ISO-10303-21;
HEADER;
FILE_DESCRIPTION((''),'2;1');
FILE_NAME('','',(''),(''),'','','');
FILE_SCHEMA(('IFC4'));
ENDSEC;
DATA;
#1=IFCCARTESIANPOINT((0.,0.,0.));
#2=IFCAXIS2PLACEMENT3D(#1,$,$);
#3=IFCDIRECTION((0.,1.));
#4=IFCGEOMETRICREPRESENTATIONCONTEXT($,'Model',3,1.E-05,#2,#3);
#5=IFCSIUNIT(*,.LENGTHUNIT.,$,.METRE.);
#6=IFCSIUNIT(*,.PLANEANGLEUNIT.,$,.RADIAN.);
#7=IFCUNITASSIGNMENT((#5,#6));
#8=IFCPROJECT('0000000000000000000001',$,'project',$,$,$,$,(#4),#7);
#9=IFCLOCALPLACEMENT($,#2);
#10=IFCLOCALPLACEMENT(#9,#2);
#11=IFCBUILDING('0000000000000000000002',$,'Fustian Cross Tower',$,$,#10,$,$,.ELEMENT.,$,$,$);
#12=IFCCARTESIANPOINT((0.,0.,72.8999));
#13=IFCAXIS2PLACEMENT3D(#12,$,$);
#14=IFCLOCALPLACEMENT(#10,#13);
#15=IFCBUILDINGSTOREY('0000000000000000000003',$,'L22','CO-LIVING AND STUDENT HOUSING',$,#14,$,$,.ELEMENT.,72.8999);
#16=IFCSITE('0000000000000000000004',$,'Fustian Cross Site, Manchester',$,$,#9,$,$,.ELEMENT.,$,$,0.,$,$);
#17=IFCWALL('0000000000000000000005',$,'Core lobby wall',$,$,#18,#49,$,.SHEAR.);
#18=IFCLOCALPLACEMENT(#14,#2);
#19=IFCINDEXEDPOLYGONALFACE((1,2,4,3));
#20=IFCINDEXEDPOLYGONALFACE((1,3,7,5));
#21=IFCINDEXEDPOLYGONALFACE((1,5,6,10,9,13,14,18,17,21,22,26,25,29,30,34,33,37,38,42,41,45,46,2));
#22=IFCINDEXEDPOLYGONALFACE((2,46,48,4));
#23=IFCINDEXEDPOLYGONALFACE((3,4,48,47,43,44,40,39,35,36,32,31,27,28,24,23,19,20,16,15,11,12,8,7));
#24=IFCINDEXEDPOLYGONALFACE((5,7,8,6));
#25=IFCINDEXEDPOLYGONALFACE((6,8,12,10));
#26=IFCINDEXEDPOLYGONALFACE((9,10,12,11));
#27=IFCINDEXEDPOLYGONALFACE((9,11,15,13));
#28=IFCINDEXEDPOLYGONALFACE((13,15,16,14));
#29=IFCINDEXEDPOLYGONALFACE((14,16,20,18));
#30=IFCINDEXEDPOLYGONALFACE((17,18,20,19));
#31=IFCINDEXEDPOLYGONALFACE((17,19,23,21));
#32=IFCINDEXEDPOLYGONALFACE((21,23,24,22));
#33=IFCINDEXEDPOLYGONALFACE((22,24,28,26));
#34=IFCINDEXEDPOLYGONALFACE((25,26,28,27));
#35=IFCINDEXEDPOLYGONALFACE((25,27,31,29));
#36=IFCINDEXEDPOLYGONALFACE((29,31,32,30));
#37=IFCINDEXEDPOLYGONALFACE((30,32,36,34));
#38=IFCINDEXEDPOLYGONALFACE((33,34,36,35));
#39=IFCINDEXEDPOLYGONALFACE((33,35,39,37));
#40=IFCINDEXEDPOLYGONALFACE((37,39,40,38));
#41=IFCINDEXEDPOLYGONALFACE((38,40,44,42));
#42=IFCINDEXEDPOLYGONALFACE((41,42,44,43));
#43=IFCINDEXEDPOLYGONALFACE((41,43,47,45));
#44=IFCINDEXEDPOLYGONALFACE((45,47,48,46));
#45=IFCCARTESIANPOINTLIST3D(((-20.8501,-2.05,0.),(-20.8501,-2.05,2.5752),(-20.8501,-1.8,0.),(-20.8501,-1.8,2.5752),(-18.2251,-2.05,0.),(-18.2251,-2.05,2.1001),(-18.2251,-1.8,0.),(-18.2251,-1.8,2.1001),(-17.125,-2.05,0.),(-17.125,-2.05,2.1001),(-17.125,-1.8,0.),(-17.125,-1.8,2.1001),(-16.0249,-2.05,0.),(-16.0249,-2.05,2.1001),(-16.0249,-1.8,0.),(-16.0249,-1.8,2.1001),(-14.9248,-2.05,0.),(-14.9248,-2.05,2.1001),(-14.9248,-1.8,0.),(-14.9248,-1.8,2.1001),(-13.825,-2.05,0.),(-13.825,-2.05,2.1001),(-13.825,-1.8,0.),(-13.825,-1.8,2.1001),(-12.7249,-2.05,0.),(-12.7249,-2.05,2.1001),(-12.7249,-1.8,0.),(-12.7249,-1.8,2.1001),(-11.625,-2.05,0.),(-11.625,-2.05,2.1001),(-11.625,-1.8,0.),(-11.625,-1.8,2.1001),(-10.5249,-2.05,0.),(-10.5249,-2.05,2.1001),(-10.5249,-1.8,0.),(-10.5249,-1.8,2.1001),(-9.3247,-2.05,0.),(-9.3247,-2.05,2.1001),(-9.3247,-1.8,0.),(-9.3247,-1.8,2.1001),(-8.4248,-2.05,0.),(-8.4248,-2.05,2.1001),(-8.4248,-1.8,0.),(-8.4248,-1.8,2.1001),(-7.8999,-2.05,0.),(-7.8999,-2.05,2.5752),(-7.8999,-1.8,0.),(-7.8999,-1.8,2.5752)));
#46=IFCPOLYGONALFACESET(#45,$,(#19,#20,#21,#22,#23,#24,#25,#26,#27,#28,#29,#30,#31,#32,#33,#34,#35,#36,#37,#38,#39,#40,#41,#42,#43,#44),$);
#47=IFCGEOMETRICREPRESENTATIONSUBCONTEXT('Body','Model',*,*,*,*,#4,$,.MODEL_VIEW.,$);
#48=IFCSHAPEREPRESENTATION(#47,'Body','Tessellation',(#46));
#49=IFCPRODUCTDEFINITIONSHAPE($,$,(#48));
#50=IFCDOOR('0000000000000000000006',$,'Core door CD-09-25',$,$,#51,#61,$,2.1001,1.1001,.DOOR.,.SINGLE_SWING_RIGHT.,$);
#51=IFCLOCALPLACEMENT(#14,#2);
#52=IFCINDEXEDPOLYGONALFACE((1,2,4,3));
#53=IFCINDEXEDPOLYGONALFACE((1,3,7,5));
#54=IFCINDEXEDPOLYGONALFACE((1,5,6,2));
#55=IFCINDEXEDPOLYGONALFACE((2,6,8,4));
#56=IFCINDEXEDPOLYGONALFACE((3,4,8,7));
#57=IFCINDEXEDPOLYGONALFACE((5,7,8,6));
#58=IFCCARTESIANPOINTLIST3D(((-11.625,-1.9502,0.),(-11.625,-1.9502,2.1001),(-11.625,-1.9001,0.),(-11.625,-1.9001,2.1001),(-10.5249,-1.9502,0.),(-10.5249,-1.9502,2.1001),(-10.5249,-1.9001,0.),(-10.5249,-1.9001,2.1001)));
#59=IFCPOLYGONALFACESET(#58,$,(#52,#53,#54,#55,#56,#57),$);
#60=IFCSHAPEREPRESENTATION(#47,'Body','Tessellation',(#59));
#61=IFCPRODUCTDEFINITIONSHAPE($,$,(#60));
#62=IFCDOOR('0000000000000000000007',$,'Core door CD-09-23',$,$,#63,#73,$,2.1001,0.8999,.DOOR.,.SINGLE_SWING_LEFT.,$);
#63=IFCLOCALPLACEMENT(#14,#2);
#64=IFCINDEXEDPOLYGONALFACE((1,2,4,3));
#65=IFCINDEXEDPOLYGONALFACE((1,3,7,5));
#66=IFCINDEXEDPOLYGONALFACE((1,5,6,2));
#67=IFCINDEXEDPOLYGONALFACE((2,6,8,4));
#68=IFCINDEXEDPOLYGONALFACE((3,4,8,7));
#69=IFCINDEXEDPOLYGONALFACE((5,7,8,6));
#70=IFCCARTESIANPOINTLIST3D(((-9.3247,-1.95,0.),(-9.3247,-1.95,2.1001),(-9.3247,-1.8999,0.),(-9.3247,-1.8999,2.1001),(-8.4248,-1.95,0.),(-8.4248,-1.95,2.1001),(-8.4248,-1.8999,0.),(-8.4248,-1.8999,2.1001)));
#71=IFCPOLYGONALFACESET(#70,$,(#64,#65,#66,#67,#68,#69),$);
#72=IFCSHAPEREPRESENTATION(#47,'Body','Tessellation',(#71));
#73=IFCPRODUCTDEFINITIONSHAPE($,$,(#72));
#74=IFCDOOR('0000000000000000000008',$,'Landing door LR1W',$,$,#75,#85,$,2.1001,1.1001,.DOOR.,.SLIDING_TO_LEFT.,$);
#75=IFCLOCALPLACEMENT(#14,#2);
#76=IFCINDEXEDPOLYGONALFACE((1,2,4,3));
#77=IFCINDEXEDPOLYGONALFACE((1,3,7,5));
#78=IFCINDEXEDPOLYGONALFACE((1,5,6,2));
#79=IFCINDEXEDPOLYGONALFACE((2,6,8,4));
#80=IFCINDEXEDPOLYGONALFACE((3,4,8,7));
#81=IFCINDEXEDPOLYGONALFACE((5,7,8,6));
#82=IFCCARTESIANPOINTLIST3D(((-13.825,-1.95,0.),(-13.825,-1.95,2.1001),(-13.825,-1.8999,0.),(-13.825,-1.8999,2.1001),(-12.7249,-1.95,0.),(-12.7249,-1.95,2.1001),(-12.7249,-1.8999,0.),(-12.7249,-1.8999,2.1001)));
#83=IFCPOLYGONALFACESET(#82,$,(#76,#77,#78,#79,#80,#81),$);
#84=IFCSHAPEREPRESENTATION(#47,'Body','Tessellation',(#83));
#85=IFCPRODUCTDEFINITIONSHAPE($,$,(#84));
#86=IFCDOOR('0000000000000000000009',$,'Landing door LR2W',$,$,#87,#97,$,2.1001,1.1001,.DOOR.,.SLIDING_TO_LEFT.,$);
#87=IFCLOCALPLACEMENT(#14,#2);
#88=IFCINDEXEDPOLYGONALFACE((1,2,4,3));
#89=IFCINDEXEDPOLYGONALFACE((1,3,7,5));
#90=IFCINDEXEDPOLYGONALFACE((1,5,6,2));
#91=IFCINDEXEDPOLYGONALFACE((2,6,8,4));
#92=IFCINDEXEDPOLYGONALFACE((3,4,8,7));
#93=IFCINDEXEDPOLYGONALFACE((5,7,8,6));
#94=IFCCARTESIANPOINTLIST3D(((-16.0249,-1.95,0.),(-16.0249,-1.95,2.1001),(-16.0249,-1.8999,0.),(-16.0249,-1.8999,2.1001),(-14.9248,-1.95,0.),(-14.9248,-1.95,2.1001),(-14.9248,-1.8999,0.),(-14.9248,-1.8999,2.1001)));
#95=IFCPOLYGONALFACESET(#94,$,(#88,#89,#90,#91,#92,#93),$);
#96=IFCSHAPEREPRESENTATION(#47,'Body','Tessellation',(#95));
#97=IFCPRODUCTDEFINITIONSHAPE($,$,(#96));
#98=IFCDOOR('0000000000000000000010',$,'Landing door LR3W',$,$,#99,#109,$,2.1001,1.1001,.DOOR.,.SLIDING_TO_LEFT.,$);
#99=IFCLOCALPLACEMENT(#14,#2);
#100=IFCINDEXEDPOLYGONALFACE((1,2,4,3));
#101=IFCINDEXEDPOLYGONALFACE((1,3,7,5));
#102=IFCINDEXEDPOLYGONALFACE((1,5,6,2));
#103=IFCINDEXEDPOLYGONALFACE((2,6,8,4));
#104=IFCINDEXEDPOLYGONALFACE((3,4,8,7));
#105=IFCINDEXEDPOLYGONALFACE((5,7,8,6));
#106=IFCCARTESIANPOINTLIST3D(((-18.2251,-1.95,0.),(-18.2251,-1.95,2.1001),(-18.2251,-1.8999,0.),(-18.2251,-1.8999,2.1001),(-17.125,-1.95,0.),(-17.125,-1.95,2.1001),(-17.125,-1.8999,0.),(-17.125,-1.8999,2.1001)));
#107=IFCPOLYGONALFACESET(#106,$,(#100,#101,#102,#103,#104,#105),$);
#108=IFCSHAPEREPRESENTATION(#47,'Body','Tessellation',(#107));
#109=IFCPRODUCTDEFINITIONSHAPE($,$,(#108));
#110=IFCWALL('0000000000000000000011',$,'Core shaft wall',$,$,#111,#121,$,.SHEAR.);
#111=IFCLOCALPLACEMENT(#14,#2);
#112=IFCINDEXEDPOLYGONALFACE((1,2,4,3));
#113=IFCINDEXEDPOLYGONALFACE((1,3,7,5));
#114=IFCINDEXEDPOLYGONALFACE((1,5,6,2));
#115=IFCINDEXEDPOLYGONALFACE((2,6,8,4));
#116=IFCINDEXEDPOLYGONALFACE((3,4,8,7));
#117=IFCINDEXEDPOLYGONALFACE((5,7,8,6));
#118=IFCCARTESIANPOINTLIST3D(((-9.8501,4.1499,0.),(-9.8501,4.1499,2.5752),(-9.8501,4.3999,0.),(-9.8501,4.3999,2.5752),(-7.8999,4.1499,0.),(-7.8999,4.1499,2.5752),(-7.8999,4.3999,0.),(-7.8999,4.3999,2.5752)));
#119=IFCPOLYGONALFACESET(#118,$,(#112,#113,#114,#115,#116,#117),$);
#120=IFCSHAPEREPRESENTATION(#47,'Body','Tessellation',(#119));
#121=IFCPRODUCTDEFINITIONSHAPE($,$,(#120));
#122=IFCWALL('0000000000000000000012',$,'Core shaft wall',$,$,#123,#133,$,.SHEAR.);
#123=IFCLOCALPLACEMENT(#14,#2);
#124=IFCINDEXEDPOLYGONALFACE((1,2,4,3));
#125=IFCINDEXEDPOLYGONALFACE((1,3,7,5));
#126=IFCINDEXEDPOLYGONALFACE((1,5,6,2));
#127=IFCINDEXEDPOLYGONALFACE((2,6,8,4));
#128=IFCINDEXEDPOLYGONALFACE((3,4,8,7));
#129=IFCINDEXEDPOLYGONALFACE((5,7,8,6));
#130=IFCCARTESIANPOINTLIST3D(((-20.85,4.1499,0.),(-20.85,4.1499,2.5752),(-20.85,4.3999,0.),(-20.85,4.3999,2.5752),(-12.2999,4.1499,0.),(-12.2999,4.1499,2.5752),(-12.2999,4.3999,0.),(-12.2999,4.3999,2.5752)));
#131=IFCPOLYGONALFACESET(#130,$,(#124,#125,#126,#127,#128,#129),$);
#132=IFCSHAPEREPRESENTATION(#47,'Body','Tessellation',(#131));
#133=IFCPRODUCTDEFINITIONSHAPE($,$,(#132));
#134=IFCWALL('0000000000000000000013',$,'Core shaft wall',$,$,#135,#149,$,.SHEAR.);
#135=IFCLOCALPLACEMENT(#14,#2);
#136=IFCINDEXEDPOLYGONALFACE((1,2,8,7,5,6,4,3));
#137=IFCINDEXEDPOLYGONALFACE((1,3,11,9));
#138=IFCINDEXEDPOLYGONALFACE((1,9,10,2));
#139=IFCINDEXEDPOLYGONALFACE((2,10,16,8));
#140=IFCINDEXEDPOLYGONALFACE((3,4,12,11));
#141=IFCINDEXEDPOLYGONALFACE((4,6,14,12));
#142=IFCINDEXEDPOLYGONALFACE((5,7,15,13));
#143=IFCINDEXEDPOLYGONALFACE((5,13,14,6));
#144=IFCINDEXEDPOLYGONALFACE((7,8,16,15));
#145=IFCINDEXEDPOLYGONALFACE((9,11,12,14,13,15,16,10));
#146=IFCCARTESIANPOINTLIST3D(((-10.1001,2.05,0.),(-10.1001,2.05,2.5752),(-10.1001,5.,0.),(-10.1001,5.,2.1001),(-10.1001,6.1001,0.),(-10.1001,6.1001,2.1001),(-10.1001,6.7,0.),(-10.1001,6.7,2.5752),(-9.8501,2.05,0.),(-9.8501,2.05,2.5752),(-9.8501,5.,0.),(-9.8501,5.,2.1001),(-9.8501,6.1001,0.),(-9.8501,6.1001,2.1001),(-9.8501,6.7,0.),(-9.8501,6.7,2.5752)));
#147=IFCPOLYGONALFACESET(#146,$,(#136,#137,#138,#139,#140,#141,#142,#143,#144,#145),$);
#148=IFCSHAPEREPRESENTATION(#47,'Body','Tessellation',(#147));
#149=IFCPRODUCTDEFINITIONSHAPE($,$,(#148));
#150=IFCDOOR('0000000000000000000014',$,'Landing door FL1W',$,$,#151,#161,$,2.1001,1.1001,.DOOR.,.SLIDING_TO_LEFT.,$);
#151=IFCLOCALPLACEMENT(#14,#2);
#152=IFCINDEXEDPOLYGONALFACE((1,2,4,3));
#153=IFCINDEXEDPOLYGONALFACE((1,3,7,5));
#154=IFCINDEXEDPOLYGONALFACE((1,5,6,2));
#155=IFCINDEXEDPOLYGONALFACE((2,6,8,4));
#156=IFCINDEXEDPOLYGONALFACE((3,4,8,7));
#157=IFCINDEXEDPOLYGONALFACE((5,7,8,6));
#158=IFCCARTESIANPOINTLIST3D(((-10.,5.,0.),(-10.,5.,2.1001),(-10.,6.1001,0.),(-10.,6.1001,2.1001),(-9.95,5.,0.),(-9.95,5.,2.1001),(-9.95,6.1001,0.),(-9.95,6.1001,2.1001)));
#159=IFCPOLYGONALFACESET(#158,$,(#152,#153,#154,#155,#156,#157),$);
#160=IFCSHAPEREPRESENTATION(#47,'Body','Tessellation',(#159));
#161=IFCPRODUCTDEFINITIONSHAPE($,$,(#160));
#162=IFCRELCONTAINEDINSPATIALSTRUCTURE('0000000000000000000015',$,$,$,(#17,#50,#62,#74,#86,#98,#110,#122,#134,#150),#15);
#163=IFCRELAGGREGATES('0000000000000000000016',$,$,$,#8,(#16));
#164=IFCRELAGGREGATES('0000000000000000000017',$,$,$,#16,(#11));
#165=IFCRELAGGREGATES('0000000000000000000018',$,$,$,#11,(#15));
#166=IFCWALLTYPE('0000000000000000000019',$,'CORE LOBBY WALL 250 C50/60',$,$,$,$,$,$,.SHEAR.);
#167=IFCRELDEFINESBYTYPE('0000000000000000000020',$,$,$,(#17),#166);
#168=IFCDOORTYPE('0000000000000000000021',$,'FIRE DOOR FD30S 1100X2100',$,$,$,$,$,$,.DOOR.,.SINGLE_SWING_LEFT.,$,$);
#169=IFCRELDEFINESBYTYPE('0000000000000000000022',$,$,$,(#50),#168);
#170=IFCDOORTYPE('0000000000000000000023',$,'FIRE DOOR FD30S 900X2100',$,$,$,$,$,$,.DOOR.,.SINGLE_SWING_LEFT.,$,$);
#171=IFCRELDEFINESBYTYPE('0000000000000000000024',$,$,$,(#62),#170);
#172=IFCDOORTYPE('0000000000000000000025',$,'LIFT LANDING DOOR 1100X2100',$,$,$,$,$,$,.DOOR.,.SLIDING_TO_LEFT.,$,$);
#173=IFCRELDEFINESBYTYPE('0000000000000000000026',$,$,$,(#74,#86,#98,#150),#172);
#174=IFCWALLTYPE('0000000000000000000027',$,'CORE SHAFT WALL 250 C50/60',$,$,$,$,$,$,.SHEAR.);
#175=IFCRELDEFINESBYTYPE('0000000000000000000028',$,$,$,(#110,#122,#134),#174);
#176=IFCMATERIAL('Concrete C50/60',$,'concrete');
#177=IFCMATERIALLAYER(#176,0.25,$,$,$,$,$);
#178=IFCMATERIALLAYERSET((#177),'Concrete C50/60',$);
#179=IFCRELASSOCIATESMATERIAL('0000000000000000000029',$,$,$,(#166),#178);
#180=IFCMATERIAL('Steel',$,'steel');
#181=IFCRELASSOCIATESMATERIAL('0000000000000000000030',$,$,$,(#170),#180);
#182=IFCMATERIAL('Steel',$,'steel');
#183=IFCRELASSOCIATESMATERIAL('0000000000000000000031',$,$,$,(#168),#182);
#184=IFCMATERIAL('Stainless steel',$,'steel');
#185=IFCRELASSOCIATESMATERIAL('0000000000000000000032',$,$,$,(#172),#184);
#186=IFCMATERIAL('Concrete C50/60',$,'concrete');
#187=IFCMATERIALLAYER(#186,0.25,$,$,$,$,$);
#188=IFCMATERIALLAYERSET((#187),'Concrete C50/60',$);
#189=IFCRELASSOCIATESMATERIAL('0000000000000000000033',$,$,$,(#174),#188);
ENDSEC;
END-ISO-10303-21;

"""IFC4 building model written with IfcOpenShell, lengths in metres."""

from ifc_helpers import new_model, si_unit, direction, frame, frame_2d, origin, place, context, subcontext, project, spatial, rectangle, extrude, material, layer, layer_set, type_object, element, fill, save


model = new_model("IFC4")

# Units and contexts
model_context = context("Model", 3, precision=1e-05, world=origin(), true_north=direction((0.0, 1.0)))
body_context = subcontext(model_context, "Body", "Model", "MODEL_VIEW")
ifc_project = project(units=[si_unit("LENGTHUNIT", "METRE"), si_unit("PLANEANGLEUNIT", "RADIAN")], contexts=[model_context])

# Site, building, storey
site_placement = place(None, origin())
site = spatial("IfcSite", under=ifc_project, at=site_placement, Name="Fustian Cross Site, Manchester", CompositionType="ELEMENT", RefElevation=0.0)
building_placement = place(site_placement, origin())
building = spatial("IfcBuilding", under=site, at=building_placement, Name="Fustian Cross Tower", CompositionType="ELEMENT")
storey_placement = place(building_placement, frame((0.0, 0.0, 72.8999)))
storey = spatial("IfcBuildingStorey", under=building, at=storey_placement, Name="L22", Description="CO-LIVING AND STUDENT HOUSING", CompositionType="ELEMENT", Elevation=72.8999)

# Wall, openings, doors
ifc_material_1 = material(Name="Concrete C50/60", Category="concrete")
ifc_layer_1 = layer(ifc_material_1, 0.25)
ifc_layer_set_1 = layer_set([ifc_layer_1], Name="Concrete C50/60")
wall_type_1 = type_object("IfcWallType", Name="CORE LOBBY WALL 250 C50/60", PredefinedType="SHEAR", material=ifc_layer_set_1)
ifc_material_2 = material(Name="Steel", Category="steel")
door_type_1 = type_object("IfcDoorType", Name="FIRE DOOR FD30S 900X2100", OperationType="SINGLE_SWING_LEFT", PredefinedType="DOOR", material=ifc_material_2)
wall_1_placement = place(storey_placement, frame((-7.8999, -1.925, 0.0), z_axis=(0.0, 0.0, 1.0), x_axis=(-1.0, 0.0, 0.0)))
wall_1 = element("IfcWall", 1, at=wall_1_placement, inside=storey, type_object=wall_type_1, Name="Core lobby wall", PredefinedType="SHEAR", context=body_context, shape_type="SweptSolid", body=[
    extrude(rectangle(XDim=12.9502, YDim=0.25, at=frame_2d((6.4751, 0.0))), origin(), (0.0, 0.0, 1.0), 2.5752),
])
opening_1_placement = place(wall_1_placement, frame((4.825, 0.0, 0.0)))
opening_1 = element("IfcOpeningElement", 2, at=opening_1_placement, cuts=wall_1, PredefinedType="OPENING", context=body_context, shape_type="SweptSolid", body=[
    extrude(rectangle(XDim=1.1001, YDim=2.1001, at=frame_2d((0.55, 1.05))), frame((0.0, 0.135, 0.0), z_axis=(0.0, -1.0, 0.0), x_axis=(1.0, 0.0, 0.0)), (0.0, 0.0, 1.0), 0.27),
])
opening_2_placement = place(wall_1_placement, frame((7.0249, 0.0, 0.0)))
opening_2 = element("IfcOpeningElement", 3, at=opening_2_placement, cuts=wall_1, PredefinedType="OPENING", context=body_context, shape_type="SweptSolid", body=[
    extrude(rectangle(XDim=1.1001, YDim=2.1001, at=frame_2d((0.55, 1.05))), frame((0.0, 0.135, 0.0), z_axis=(0.0, -1.0, 0.0), x_axis=(1.0, 0.0, 0.0)), (0.0, 0.0, 1.0), 0.27),
])
opening_3_placement = place(wall_1_placement, frame((9.2251, 0.0, 0.0)))
opening_3 = element("IfcOpeningElement", 4, at=opening_3_placement, cuts=wall_1, PredefinedType="OPENING", context=body_context, shape_type="SweptSolid", body=[
    extrude(rectangle(XDim=1.1001, YDim=2.1001, at=frame_2d((0.55, 1.05))), frame((0.0, 0.135, 0.0), z_axis=(0.0, -1.0, 0.0), x_axis=(1.0, 0.0, 0.0)), (0.0, 0.0, 1.0), 0.27),
])
opening_4_placement = place(wall_1_placement, frame((0.5249, 0.0, 0.0)))
opening_4 = element("IfcOpeningElement", 5, at=opening_4_placement, cuts=wall_1, PredefinedType="OPENING", context=body_context, shape_type="SweptSolid", body=[
    extrude(rectangle(XDim=0.8999, YDim=2.1001, at=frame_2d((0.45, 1.05))), frame((0.0, 0.135, 0.0), z_axis=(0.0, -1.0, 0.0), x_axis=(1.0, 0.0, 0.0)), (0.0, 0.0, 1.0), 0.27),
])
opening_5_placement = place(wall_1_placement, frame((2.625, 0.0, 0.0)))
opening_5 = element("IfcOpeningElement", 6, at=opening_5_placement, cuts=wall_1, PredefinedType="OPENING", context=body_context, shape_type="SweptSolid", body=[
    extrude(rectangle(XDim=1.1001, YDim=2.1001, at=frame_2d((0.55, 1.05))), frame((0.0, 0.135, 0.0), z_axis=(0.0, -1.0, 0.0), x_axis=(1.0, 0.0, 0.0)), (0.0, 0.0, 1.0), 0.27),
])
ifc_material_3 = material(Name="Steel", Category="steel")
door_type_2 = type_object("IfcDoorType", Name="FIRE DOOR FD30S 1100X2100", OperationType="SINGLE_SWING_LEFT", PredefinedType="DOOR", material=ifc_material_3)
door_1_placement = place(opening_5_placement, frame((1.1001, 0.0, 0.0), z_axis=(0.0, 0.0, 1.0), x_axis=(-1.0, 0.0, 0.0)))
door_1 = element("IfcDoor", 7, at=door_1_placement, inside=storey, type_object=door_type_2, Name="Core door CD-09-25", OperationType="SINGLE_SWING_RIGHT", OverallHeight=2.1001, OverallWidth=1.1001, PredefinedType="DOOR", context=body_context, shape_type="SweptSolid", body=[
    extrude(rectangle(XDim=1.1001, YDim=2.1001, at=frame_2d((0.55, 1.05))), frame((0.0, 0.0249, 0.0), z_axis=(0.0, -1.0, 0.0), x_axis=(1.0, 0.0, 0.0)), (0.0, 0.0, 1.0), 0.05),
])
fill(opening_5, door_1)
door_2_placement = place(opening_4_placement, origin())
door_2 = element("IfcDoor", 8, at=door_2_placement, inside=storey, type_object=door_type_1, Name="Core door CD-09-23", OperationType="SINGLE_SWING_LEFT", OverallHeight=2.1001, OverallWidth=0.8999, PredefinedType="DOOR", context=body_context, shape_type="SweptSolid", body=[
    extrude(rectangle(XDim=0.8999, YDim=2.1001, at=frame_2d((0.45, 1.05))), frame((0.0, 0.0249, 0.0), z_axis=(0.0, -1.0, 0.0), x_axis=(1.0, 0.0, 0.0)), (0.0, 0.0, 1.0), 0.05),
])
fill(opening_4, door_2)
ifc_material_4 = material(Name="Stainless steel", Category="steel")
door_type_3 = type_object("IfcDoorType", Name="LIFT LANDING DOOR 1100X2100", OperationType="SLIDING_TO_LEFT", PredefinedType="DOOR", material=ifc_material_4)
door_3_placement = place(opening_1_placement, origin())
door_3 = element("IfcDoor", 9, at=door_3_placement, inside=storey, type_object=door_type_3, Name="Landing door LR1W", OperationType="SLIDING_TO_LEFT", OverallHeight=2.1001, OverallWidth=1.1001, PredefinedType="DOOR", context=body_context, shape_type="SweptSolid", body=[
    extrude(rectangle(XDim=1.1001, YDim=2.1001, at=frame_2d((0.55, 1.05))), frame((0.0, 0.0249, 0.0), z_axis=(0.0, -1.0, 0.0), x_axis=(1.0, 0.0, 0.0)), (0.0, 0.0, 1.0), 0.05),
])
fill(opening_1, door_3)
door_4_placement = place(opening_2_placement, origin())
door_4 = element("IfcDoor", 10, at=door_4_placement, inside=storey, type_object=door_type_3, Name="Landing door LR2W", OperationType="SLIDING_TO_LEFT", OverallHeight=2.1001, OverallWidth=1.1001, PredefinedType="DOOR", context=body_context, shape_type="SweptSolid", body=[
    extrude(rectangle(XDim=1.1001, YDim=2.1001, at=frame_2d((0.55, 1.05))), frame((0.0, 0.0249, 0.0), z_axis=(0.0, -1.0, 0.0), x_axis=(1.0, 0.0, 0.0)), (0.0, 0.0, 1.0), 0.05),
])
fill(opening_2, door_4)
door_5_placement = place(opening_3_placement, origin())
door_5 = element("IfcDoor", 11, at=door_5_placement, inside=storey, type_object=door_type_3, Name="Landing door LR3W", OperationType="SLIDING_TO_LEFT", OverallHeight=2.1001, OverallWidth=1.1001, PredefinedType="DOOR", context=body_context, shape_type="SweptSolid", body=[
    extrude(rectangle(XDim=1.1001, YDim=2.1001, at=frame_2d((0.55, 1.05))), frame((0.0, 0.0249, 0.0), z_axis=(0.0, -1.0, 0.0), x_axis=(1.0, 0.0, 0.0)), (0.0, 0.0, 1.0), 0.05),
])
fill(opening_3, door_5)

# Walls
ifc_material_5 = material(Name="Concrete C50/60", Category="concrete")
ifc_layer_2 = layer(ifc_material_5, 0.25)
ifc_layer_set_2 = layer_set([ifc_layer_2], Name="Concrete C50/60")
wall_type_2 = type_object("IfcWallType", Name="CORE SHAFT WALL 250 C50/60", PredefinedType="SHEAR", material=ifc_layer_set_2)
wall_2_placement = place(storey_placement, frame((-7.8999, 4.2749, 0.0), z_axis=(0.0, 0.0, 1.0), x_axis=(-1.0, 0.0, 0.0)))
element("IfcWall", 12, at=wall_2_placement, inside=storey, type_object=wall_type_2, Name="Core shaft wall", PredefinedType="SHEAR", context=body_context, shape_type="SweptSolid", body=[
    extrude(rectangle(XDim=1.9502, YDim=0.25, at=frame_2d((0.9751, 0.0))), origin(), (0.0, 0.0, 1.0), 2.5752),
])
wall_3_placement = place(storey_placement, frame((-12.3, 4.2749, 0.0), z_axis=(0.0, 0.0, 1.0), x_axis=(-1.0, 0.0, 0.0)))
element("IfcWall", 13, at=wall_3_placement, inside=storey, type_object=wall_type_2, Name="Core shaft wall", PredefinedType="SHEAR", context=body_context, shape_type="SweptSolid", body=[
    extrude(rectangle(XDim=8.55, YDim=0.25, at=frame_2d((4.2749, 0.0))), origin(), (0.0, 0.0, 1.0), 2.5752),
])

# Wall, opening, door
wall_4_placement = place(storey_placement, frame((-9.9751, 2.05, 0.0), z_axis=(0.0, 0.0, 1.0), x_axis=(0.0, 1.0, 0.0)))
wall_4 = element("IfcWall", 14, at=wall_4_placement, inside=storey, type_object=wall_type_2, Name="Core shaft wall", PredefinedType="SHEAR", context=body_context, shape_type="SweptSolid", body=[
    extrude(rectangle(XDim=4.6499, YDim=0.25, at=frame_2d((2.325, 0.0))), origin(), (0.0, 0.0, 1.0), 2.5752),
])
opening_6_placement = place(wall_4_placement, frame((2.95, 0.0, 0.0)))
opening_6 = element("IfcOpeningElement", 15, at=opening_6_placement, cuts=wall_4, PredefinedType="OPENING", context=body_context, shape_type="SweptSolid", body=[
    extrude(rectangle(XDim=1.1001, YDim=2.1001, at=frame_2d((0.55, 1.05))), frame((0.0, 0.135, 0.0), z_axis=(0.0, -1.0, 0.0), x_axis=(1.0, 0.0, 0.0)), (0.0, 0.0, 1.0), 0.27),
])
door_6_placement = place(opening_6_placement, origin())
door_6 = element("IfcDoor", 16, at=door_6_placement, inside=storey, type_object=door_type_3, Name="Landing door FL1W", OperationType="SLIDING_TO_LEFT", OverallHeight=2.1001, OverallWidth=1.1001, PredefinedType="DOOR", context=body_context, shape_type="SweptSolid", body=[
    extrude(rectangle(XDim=1.1001, YDim=2.1001, at=frame_2d((0.55, 1.05))), frame((0.0, 0.0249, 0.0), z_axis=(0.0, -1.0, 0.0), x_axis=(1.0, 0.0, 0.0)), (0.0, 0.0, 1.0), 0.05),
])
fill(opening_6, door_6)

save(model, "model.ifc")
